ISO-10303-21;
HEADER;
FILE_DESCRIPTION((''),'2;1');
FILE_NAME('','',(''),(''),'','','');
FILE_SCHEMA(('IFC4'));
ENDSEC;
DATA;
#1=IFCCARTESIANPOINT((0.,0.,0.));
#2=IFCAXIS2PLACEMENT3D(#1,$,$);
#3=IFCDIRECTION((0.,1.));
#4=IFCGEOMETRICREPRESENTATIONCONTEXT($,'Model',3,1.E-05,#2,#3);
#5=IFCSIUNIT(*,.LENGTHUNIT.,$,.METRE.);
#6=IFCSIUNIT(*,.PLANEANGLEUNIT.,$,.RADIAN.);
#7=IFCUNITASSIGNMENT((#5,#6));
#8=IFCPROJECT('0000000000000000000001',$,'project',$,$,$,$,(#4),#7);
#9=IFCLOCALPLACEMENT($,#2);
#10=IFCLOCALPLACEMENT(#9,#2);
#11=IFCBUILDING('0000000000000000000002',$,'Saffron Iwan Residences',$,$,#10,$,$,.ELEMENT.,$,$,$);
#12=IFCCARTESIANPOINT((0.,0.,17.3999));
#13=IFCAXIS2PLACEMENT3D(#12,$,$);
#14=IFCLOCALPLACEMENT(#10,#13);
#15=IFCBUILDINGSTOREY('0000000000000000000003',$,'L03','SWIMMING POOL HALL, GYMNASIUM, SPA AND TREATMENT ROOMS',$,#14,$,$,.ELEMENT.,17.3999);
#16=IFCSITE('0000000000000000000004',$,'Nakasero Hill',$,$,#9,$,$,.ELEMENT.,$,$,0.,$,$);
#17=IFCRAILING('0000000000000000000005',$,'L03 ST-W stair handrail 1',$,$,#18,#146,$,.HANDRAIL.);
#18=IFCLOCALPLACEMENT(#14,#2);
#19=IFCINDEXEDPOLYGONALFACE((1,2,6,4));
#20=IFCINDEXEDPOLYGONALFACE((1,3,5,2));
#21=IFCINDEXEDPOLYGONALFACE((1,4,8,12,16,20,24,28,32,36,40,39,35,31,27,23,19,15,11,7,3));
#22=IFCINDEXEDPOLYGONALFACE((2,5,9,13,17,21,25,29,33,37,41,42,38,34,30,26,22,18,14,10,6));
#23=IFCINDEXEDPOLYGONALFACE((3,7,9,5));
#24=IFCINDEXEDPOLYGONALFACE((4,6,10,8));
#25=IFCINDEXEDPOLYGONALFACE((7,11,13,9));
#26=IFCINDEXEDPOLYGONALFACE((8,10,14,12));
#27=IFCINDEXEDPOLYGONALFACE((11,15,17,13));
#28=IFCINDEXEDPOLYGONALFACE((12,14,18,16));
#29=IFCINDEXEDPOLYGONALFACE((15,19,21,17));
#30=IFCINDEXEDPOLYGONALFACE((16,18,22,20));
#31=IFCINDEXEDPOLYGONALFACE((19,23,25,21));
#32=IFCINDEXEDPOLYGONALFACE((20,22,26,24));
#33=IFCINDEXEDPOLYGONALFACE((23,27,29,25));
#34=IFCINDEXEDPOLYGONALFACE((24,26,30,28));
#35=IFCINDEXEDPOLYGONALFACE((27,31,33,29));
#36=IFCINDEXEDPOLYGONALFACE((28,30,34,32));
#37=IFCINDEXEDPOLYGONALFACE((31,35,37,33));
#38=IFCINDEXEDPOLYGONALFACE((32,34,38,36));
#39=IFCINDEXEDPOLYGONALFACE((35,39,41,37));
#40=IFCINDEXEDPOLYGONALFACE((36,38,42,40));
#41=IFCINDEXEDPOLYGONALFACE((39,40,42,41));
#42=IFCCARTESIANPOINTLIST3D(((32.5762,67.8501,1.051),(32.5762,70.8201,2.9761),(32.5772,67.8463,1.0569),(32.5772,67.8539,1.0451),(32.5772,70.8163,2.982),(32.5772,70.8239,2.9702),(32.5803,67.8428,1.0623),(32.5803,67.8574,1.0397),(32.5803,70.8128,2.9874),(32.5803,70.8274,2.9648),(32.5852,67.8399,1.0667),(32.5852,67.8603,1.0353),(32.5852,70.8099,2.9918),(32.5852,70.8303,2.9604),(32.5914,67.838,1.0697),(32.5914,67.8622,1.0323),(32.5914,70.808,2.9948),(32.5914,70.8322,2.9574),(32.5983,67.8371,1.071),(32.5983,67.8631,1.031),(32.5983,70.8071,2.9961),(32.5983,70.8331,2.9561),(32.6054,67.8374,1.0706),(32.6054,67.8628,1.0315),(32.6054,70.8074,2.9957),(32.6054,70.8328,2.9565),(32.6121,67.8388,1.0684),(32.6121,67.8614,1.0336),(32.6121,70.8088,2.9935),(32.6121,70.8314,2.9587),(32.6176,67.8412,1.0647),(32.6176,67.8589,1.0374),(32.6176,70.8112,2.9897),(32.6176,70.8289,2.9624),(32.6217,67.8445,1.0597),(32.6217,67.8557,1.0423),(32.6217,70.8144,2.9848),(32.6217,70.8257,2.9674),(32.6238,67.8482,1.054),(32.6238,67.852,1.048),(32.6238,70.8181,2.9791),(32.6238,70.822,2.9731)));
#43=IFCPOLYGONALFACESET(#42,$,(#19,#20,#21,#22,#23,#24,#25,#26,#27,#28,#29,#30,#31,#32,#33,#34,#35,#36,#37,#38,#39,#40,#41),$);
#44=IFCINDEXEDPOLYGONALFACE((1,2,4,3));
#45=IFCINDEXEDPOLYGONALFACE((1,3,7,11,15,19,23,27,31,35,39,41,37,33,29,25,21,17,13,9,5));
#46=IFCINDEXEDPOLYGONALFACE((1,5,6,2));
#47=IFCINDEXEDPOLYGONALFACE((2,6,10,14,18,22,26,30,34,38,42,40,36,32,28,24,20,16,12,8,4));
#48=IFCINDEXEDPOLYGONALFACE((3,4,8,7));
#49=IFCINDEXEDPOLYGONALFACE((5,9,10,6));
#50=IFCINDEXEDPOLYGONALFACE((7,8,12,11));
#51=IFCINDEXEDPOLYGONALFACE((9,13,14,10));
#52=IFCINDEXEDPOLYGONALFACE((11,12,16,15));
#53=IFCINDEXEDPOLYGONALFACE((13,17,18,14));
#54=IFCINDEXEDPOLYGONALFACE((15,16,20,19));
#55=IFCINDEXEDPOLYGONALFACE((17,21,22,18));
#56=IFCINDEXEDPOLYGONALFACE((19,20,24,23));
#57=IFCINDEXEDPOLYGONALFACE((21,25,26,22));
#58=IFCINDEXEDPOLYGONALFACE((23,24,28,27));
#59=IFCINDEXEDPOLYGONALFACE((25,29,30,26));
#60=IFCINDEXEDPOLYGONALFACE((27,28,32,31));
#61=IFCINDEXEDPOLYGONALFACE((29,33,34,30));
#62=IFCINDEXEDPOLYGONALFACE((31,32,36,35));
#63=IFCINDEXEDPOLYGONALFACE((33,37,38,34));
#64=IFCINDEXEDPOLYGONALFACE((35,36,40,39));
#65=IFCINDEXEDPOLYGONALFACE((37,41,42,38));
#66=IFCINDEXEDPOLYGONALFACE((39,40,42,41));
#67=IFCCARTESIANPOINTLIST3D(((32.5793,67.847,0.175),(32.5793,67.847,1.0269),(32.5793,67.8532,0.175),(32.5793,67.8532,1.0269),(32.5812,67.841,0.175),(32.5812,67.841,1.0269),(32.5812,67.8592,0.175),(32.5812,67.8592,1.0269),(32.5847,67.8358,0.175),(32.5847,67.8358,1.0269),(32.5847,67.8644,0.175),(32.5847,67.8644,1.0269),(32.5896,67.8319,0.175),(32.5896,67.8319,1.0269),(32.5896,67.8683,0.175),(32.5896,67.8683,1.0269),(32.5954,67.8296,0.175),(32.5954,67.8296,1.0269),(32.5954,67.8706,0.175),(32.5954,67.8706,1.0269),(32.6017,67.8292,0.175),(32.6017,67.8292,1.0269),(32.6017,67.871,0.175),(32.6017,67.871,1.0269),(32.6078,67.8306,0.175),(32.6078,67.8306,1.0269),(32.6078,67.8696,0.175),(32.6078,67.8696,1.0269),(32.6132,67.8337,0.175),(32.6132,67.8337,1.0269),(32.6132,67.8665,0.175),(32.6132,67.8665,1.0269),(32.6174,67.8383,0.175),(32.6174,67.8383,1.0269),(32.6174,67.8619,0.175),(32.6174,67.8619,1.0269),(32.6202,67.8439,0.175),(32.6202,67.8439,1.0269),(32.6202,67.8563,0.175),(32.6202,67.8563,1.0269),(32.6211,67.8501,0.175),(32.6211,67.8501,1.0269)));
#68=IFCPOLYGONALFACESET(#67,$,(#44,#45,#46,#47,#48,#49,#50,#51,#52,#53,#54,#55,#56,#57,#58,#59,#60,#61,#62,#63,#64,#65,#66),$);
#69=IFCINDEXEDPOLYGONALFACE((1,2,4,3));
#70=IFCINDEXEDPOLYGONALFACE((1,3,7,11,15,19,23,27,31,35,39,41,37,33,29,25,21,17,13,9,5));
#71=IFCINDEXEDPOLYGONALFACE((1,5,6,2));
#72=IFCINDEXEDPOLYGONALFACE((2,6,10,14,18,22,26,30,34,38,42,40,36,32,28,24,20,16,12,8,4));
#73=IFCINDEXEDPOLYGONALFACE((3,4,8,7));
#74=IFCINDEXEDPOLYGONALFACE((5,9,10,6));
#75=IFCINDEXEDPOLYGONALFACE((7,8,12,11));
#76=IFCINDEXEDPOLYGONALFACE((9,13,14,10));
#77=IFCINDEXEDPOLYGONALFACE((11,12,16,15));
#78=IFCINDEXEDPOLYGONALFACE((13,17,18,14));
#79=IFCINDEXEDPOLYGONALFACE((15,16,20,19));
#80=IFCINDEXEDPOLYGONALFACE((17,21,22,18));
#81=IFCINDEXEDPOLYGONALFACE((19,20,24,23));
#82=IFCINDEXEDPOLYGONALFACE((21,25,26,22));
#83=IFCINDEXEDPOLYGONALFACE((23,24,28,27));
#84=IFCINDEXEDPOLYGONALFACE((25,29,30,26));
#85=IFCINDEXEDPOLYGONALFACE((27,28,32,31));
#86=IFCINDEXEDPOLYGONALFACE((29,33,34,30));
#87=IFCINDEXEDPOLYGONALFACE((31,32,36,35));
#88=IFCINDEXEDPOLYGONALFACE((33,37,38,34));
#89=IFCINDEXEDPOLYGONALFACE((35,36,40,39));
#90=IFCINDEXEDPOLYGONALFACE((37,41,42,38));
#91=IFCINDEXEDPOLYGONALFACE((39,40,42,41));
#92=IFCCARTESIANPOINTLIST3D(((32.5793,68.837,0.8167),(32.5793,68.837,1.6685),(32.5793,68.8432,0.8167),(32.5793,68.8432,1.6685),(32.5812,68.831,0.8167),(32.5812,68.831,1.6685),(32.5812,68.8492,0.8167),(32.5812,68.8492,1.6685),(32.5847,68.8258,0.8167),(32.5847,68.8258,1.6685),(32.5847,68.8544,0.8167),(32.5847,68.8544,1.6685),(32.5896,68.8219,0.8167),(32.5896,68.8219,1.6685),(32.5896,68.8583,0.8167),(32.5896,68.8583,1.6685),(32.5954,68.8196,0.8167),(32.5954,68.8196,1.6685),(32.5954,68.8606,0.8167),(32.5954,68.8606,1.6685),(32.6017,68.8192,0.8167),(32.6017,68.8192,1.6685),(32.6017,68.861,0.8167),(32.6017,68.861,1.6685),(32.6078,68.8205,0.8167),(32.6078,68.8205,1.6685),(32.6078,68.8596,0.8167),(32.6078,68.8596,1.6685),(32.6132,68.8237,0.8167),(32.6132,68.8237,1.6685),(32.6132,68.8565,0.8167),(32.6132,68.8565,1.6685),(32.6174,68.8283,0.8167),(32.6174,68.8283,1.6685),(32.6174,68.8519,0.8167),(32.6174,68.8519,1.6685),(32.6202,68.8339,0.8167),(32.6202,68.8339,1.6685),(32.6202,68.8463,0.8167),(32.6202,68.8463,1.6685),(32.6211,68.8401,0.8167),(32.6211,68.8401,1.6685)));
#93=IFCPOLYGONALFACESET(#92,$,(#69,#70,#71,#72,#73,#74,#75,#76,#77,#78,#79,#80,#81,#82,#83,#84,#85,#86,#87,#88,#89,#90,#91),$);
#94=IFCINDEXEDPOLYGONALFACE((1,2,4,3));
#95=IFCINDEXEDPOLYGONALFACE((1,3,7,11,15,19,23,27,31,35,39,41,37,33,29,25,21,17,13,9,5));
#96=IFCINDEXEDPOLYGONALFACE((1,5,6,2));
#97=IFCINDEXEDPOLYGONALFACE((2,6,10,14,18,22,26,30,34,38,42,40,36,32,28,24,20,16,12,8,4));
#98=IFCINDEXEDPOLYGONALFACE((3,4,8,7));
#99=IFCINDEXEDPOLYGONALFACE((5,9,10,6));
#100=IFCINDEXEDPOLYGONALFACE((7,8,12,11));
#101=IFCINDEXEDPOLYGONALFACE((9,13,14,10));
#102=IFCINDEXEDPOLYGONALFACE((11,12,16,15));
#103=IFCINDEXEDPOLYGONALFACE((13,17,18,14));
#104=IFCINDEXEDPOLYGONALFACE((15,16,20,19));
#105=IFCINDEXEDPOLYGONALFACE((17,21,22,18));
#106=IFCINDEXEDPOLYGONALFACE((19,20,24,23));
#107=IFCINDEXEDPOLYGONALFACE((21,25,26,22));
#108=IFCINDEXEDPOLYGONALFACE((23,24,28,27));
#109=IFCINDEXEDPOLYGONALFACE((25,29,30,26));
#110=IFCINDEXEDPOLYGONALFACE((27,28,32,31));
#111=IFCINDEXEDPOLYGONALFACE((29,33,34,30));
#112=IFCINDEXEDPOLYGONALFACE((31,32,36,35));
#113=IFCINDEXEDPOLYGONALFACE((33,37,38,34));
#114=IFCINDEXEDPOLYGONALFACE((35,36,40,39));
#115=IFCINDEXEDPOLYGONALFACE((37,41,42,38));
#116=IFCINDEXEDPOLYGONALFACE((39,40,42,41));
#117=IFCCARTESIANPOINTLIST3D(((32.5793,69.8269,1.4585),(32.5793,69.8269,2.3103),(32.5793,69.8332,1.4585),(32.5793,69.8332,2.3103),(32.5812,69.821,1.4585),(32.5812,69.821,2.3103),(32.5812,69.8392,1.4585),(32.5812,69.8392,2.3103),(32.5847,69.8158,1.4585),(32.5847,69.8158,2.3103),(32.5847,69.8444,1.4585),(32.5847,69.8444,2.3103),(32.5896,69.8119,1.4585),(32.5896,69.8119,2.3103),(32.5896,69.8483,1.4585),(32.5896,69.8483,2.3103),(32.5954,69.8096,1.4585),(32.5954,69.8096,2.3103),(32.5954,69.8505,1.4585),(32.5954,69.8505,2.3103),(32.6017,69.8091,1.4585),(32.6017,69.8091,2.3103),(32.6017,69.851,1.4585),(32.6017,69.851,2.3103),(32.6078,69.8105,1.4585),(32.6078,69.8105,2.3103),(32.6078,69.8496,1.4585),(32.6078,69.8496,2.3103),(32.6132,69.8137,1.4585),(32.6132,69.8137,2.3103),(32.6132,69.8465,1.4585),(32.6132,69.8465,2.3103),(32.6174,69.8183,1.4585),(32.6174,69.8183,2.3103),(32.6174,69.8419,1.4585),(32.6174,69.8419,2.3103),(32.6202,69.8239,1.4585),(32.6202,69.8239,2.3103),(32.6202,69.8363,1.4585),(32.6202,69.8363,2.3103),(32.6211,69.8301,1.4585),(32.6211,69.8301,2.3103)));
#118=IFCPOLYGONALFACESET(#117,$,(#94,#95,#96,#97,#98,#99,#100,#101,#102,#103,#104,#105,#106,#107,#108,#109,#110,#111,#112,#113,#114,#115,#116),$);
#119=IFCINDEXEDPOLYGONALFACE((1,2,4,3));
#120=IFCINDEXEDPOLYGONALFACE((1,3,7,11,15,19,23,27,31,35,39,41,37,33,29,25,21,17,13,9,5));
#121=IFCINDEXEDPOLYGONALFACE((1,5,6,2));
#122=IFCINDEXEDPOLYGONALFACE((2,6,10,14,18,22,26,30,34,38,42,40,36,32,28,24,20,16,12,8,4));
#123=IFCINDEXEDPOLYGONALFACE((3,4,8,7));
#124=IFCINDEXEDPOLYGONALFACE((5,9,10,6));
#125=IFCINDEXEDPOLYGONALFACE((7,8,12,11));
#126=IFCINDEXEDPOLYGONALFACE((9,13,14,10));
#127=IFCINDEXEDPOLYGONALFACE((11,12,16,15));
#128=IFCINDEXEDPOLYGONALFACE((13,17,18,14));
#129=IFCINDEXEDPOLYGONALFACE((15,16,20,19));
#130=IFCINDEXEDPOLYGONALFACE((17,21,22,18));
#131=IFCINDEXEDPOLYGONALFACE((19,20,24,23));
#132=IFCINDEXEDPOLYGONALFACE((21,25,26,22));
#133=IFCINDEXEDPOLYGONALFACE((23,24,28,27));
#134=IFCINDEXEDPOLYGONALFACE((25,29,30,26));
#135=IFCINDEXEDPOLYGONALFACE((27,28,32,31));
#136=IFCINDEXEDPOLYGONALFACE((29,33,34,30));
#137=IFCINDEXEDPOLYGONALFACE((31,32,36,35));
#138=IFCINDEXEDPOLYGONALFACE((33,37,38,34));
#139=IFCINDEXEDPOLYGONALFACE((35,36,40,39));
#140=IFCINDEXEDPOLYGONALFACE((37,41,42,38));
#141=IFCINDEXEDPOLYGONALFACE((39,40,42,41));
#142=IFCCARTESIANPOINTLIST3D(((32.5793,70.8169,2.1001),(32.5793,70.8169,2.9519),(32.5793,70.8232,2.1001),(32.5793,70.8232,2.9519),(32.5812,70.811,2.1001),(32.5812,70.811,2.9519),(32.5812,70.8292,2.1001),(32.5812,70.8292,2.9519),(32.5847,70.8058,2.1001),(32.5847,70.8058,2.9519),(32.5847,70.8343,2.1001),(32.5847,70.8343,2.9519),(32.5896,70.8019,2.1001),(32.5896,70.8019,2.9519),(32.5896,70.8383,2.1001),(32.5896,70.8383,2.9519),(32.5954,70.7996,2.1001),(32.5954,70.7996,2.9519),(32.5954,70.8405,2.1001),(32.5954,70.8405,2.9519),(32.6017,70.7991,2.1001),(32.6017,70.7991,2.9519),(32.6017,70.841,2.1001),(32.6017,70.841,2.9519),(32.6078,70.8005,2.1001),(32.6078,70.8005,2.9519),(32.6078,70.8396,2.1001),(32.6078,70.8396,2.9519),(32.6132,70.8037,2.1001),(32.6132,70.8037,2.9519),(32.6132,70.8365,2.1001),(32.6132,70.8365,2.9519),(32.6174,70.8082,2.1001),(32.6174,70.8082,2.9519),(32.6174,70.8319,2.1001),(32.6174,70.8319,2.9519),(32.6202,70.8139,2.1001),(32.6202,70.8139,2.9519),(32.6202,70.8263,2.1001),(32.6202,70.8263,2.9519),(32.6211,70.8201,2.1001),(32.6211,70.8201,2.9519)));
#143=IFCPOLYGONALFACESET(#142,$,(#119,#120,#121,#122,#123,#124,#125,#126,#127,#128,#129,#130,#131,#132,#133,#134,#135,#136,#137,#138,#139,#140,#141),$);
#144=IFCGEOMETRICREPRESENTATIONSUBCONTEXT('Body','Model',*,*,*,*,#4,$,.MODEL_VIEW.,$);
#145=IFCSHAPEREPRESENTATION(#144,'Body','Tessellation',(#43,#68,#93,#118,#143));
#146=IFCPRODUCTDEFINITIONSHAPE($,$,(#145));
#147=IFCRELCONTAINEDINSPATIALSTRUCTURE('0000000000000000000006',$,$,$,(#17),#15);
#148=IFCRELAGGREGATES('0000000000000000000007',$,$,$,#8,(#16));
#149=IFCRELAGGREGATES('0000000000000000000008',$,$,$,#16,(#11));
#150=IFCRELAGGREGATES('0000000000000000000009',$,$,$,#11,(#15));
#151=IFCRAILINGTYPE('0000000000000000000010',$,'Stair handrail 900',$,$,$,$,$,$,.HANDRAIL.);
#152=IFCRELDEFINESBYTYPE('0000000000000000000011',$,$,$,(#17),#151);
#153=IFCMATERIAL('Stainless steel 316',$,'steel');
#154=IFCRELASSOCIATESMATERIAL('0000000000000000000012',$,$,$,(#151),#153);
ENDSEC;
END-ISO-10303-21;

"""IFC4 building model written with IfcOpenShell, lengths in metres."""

from ifc_helpers import new_model, si_unit, direction, frame, origin, origin_2d, place, context, subcontext, project, spatial, circle, extrude, material, type_object, element, save


model = new_model("IFC4")

# Units and contexts
model_context = context("Model", 3, precision=1e-05, world=origin(), true_north=direction((0.0, 1.0)))
body_context = subcontext(model_context, "Body", "Model", "MODEL_VIEW")
ifc_project = project(units=[si_unit("LENGTHUNIT", "METRE"), si_unit("PLANEANGLEUNIT", "RADIAN")], contexts=[model_context])

# Site, building, storey
site_placement = place(None, origin())
site = spatial("IfcSite", under=ifc_project, at=site_placement, Name="Nakasero Hill", CompositionType="ELEMENT", RefElevation=0.0)
building_placement = place(site_placement, origin())
building = spatial("IfcBuilding", under=site, at=building_placement, Name="Saffron Iwan Residences", CompositionType="ELEMENT")
storey_placement = place(building_placement, frame((0.0, 0.0, 17.3999)))
storey = spatial("IfcBuildingStorey", under=building, at=storey_placement, Name="L03", Description="SWIMMING POOL HALL, GYMNASIUM, SPA AND TREATMENT ROOMS", CompositionType="ELEMENT", Elevation=17.3999)

# Railing
ifc_material_1 = material(Name="Stainless steel 316", Category="steel")
railing_type_1 = type_object("IfcRailingType", Name="Stair handrail 900", PredefinedType="HANDRAIL", material=ifc_material_1)
railing_1_placement = place(storey_placement, frame((32.6001, 67.8501, 0.175)))
element("IfcRailing", 1, at=railing_1_placement, inside=storey, type_object=railing_type_1, Name="L03 ST-W stair handrail 1", PredefinedType="HANDRAIL", context=body_context, shape_type="SweptSolid", body=[
    extrude(circle(Radius=0.0239, at=origin_2d()), frame((0.0, 0.0, 0.876), z_axis=(0.0, 0.839144, 0.543909), x_axis=(-1.0, 0.0, 0.0)), (0.0, 0.0, 1.0), 3.5393),
    extrude(circle(Radius=0.021, at=origin_2d()), origin(), (0.0, 0.0, 1.0), 0.8518),
    extrude(circle(Radius=0.021, at=origin_2d()), frame((0.0, 0.99, 0.6416)), (0.0, 0.0, 1.0), 0.8518),
    extrude(circle(Radius=0.021, at=origin_2d()), frame((0.0, 1.98, 1.2834)), (0.0, 0.0, 1.0), 0.8518),
    extrude(circle(Radius=0.021, at=origin_2d()), frame((0.0, 2.97, 1.925)), (0.0, 0.0, 1.0), 0.8518),
])

save(model, "model.ifc")
